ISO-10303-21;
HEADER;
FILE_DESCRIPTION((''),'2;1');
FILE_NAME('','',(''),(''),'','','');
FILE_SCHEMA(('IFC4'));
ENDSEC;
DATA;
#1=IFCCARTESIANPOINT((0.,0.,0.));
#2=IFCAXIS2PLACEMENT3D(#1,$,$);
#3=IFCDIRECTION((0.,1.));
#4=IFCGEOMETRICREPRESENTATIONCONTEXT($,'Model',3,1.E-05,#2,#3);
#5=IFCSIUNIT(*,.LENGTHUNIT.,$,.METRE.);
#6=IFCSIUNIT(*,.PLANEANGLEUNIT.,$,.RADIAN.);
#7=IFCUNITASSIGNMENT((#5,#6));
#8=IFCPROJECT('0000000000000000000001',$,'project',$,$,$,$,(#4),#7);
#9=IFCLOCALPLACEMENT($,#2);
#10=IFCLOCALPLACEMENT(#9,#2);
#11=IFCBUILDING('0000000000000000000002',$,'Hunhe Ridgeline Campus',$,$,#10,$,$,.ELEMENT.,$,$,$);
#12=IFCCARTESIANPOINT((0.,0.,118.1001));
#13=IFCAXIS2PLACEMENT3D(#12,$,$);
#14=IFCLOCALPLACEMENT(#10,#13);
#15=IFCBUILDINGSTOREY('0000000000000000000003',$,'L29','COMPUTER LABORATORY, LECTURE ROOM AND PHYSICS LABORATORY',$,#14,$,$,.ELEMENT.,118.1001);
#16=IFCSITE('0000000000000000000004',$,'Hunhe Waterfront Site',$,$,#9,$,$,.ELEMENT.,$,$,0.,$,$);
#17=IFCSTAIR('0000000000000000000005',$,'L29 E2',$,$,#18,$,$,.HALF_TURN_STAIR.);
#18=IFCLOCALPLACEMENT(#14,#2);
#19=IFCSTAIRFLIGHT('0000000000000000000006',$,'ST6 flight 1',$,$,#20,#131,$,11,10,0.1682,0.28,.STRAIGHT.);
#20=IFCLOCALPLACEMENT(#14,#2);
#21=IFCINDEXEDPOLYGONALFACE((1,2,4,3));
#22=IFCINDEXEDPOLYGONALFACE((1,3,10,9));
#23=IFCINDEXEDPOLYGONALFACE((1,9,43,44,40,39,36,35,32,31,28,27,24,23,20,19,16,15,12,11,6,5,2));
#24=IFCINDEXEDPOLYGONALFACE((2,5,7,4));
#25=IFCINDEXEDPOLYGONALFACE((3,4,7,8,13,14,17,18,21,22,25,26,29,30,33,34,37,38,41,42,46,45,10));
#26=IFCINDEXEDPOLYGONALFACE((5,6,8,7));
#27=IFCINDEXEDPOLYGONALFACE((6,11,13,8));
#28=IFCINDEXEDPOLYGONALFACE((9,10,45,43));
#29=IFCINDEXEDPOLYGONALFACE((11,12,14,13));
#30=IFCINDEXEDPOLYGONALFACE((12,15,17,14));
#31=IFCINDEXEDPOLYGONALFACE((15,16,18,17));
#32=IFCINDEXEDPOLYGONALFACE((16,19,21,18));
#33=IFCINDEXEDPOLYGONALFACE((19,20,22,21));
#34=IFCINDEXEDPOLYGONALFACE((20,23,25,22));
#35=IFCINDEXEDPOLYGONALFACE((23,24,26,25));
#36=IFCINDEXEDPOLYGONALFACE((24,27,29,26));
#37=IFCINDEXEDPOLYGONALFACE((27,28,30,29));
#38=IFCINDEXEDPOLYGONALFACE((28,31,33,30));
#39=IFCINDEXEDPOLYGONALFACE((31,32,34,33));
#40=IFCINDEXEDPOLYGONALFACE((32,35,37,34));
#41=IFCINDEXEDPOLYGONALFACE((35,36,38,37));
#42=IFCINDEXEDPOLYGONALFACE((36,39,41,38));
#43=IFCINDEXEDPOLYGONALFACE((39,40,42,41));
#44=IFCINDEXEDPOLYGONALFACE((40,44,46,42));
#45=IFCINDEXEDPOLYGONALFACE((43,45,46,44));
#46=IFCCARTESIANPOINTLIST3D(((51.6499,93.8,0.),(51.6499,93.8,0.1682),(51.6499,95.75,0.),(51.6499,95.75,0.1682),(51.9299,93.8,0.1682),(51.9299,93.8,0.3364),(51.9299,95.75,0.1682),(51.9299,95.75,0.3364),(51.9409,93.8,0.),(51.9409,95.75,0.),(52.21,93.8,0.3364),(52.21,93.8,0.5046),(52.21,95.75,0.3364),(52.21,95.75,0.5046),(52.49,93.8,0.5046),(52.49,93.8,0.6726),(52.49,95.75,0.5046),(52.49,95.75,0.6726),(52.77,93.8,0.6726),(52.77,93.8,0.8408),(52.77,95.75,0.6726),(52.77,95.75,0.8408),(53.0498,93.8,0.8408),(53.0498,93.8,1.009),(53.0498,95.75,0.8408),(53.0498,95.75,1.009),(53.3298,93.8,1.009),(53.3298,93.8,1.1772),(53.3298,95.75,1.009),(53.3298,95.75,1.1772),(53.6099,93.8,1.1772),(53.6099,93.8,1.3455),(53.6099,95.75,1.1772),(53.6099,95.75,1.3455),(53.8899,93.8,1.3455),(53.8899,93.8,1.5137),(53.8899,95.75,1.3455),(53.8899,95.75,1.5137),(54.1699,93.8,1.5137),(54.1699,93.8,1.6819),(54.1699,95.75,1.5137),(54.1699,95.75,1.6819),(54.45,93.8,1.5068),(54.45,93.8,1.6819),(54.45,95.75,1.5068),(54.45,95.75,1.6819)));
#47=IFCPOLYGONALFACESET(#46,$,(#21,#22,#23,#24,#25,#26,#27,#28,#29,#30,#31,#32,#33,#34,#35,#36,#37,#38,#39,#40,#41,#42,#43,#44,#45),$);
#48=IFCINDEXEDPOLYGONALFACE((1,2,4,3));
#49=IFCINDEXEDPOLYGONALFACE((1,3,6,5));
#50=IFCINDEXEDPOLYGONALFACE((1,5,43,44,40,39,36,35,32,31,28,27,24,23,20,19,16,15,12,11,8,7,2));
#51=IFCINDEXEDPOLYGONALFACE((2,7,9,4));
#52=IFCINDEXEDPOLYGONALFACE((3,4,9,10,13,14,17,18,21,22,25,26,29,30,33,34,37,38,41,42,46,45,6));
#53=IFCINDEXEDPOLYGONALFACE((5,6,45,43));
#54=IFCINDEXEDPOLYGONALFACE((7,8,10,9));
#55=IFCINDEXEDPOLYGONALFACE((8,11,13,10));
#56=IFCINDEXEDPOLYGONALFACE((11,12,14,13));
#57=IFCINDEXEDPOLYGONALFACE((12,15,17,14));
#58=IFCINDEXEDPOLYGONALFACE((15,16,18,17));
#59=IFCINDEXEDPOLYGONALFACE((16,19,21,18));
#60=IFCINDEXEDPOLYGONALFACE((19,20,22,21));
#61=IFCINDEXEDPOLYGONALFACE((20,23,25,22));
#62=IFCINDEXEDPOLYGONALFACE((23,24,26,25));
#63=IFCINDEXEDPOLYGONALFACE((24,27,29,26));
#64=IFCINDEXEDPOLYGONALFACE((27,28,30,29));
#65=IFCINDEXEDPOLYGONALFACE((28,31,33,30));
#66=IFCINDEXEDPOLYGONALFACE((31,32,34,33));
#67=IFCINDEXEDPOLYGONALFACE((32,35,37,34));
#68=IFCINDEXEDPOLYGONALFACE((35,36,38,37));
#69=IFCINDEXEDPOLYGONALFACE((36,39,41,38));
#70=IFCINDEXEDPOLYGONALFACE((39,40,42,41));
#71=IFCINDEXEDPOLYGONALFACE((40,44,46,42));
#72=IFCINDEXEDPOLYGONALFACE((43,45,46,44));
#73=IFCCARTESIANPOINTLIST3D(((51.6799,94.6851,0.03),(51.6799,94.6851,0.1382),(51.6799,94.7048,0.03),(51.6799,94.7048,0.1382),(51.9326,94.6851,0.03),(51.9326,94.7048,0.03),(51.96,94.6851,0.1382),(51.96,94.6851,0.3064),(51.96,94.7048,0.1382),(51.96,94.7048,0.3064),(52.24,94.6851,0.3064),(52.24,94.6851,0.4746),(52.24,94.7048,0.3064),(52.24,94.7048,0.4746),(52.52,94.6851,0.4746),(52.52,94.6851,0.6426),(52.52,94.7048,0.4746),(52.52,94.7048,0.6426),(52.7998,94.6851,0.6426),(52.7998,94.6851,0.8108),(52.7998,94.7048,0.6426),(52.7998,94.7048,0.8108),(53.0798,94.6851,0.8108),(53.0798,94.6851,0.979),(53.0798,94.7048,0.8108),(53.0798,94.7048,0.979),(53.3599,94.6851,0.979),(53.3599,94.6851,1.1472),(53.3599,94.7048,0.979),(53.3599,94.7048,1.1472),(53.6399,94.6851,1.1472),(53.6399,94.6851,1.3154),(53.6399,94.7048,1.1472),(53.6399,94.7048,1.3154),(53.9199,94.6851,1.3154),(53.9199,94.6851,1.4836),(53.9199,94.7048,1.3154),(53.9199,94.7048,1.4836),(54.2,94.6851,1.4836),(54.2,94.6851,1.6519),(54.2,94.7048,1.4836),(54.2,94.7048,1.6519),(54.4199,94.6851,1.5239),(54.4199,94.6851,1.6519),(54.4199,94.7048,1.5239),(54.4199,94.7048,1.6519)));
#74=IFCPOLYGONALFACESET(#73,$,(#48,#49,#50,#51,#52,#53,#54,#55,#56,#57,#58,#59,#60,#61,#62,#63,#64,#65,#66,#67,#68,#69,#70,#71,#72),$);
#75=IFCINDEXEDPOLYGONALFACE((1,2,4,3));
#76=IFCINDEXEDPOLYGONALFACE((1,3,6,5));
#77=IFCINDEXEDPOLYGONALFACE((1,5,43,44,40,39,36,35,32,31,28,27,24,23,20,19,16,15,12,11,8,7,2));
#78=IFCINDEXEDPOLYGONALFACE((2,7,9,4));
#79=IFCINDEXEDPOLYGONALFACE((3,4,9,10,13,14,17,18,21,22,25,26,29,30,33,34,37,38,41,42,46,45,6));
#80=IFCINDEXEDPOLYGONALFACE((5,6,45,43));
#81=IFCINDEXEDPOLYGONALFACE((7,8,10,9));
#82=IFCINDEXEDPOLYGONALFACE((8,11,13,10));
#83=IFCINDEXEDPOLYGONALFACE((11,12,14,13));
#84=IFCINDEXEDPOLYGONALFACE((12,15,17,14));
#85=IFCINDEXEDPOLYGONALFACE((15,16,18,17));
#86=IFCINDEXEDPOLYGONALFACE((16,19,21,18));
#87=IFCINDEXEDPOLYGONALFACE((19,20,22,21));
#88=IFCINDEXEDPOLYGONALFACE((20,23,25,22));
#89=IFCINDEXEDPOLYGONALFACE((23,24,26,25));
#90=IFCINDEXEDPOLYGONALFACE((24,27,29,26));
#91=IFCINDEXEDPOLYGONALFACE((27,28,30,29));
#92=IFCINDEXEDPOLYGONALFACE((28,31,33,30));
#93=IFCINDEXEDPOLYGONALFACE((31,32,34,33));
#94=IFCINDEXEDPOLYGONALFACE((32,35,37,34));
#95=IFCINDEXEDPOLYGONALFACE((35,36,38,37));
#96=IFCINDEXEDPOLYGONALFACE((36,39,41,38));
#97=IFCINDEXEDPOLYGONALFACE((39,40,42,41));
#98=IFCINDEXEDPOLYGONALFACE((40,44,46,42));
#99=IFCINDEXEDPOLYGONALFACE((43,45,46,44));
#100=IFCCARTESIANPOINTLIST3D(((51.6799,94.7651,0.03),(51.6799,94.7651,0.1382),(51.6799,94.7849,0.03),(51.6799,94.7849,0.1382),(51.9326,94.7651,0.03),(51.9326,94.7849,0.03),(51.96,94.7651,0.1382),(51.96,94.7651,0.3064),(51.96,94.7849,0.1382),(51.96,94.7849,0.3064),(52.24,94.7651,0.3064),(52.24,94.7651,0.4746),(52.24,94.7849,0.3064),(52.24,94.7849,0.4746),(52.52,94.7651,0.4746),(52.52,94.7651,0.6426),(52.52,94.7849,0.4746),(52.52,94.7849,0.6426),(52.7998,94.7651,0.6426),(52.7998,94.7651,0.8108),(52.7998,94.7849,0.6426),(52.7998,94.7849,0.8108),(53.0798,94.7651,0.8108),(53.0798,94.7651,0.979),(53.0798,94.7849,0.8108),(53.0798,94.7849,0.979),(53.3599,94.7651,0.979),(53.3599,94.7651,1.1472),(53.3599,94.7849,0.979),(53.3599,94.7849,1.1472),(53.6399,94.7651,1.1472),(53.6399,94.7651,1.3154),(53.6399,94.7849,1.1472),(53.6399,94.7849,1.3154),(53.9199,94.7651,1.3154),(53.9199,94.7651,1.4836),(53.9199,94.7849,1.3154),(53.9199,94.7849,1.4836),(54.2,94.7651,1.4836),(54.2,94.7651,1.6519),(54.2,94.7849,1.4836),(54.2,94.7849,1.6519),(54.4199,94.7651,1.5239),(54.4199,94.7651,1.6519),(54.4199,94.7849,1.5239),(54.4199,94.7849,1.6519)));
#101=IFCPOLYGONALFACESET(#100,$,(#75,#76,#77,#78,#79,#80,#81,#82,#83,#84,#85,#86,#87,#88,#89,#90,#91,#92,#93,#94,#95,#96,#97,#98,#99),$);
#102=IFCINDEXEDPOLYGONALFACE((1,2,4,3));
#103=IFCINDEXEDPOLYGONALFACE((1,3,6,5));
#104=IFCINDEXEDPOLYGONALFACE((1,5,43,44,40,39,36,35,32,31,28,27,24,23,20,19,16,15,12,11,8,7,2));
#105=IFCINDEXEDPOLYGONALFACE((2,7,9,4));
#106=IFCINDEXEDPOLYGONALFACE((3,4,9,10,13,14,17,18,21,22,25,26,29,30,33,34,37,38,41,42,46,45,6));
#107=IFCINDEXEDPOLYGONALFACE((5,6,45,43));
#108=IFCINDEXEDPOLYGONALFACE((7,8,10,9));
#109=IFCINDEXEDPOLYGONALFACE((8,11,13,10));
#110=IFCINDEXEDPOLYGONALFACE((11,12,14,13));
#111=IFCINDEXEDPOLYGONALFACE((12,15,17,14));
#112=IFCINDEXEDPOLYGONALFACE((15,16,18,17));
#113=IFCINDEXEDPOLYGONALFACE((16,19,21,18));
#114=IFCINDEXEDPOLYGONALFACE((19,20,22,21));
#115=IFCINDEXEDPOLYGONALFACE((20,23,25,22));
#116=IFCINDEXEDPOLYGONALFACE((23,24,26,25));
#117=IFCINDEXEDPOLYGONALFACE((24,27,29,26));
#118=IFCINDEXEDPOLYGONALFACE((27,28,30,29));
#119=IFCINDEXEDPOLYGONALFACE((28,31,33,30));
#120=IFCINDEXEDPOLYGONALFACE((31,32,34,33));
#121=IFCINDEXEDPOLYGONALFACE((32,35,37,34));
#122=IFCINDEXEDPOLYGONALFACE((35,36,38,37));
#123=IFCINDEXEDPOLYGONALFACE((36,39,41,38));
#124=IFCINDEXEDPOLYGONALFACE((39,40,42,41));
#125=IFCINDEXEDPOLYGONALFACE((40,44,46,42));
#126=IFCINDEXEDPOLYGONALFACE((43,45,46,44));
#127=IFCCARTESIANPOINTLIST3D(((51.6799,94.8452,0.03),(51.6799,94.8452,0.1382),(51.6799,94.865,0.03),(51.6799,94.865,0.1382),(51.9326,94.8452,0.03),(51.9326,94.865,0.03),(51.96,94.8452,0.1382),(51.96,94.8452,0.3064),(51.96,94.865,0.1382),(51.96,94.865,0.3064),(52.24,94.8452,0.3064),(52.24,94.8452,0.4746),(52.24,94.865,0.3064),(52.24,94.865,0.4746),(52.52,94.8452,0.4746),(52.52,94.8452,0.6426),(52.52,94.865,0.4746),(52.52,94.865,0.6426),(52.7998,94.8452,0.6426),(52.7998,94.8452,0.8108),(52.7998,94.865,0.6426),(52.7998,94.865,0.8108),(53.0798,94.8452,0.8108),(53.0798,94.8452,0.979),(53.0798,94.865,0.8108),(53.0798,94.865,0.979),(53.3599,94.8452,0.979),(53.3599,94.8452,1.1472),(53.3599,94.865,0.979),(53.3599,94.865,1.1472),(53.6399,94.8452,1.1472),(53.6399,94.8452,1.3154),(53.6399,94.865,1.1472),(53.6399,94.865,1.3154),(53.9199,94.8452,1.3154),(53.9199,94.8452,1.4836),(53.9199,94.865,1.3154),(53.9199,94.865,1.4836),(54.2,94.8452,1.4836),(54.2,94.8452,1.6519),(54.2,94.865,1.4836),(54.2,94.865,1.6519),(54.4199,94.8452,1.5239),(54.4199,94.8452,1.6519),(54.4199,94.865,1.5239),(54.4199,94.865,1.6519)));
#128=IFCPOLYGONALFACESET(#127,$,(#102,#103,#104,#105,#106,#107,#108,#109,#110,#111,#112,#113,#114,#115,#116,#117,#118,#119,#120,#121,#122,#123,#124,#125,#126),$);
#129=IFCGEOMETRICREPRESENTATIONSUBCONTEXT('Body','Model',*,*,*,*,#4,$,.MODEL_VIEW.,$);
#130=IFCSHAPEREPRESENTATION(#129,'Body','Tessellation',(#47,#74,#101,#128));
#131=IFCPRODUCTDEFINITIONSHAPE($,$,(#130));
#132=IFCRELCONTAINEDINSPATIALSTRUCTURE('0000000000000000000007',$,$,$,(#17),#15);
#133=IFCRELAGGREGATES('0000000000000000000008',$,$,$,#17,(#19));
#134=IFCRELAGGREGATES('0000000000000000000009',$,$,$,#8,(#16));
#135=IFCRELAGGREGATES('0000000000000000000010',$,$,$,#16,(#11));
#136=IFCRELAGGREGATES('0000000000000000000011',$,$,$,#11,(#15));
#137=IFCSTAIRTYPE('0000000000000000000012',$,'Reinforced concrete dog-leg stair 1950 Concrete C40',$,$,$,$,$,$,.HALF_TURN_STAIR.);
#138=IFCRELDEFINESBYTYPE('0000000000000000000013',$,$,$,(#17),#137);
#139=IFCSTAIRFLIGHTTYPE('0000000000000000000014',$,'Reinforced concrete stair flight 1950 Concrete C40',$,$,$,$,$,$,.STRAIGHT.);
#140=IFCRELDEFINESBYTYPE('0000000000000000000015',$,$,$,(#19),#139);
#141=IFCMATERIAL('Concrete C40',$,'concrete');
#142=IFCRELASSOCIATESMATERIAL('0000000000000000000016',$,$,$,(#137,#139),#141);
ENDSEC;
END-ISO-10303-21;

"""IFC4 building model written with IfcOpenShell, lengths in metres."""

from ifc_helpers import new_model, si_unit, direction, frame, origin, place, context, subcontext, project, spatial, polyline, outline, extrude, material, type_object, element, aggregate, save


model = new_model("IFC4")

# Units and contexts
model_context = context("Model", 3, precision=1e-05, world=origin(), true_north=direction((0.0, 1.0)))
body_context = subcontext(model_context, "Body", "Model", "MODEL_VIEW")
ifc_project = project(units=[si_unit("LENGTHUNIT", "METRE"), si_unit("PLANEANGLEUNIT", "RADIAN")], contexts=[model_context])

# Site, building, storey
site_placement = place(None, origin())
site = spatial("IfcSite", under=ifc_project, at=site_placement, Name="Hunhe Waterfront Site", CompositionType="ELEMENT", RefElevation=0.0)
building_placement = place(site_placement, origin())
building = spatial("IfcBuilding", under=site, at=building_placement, Name="Hunhe Ridgeline Campus", CompositionType="ELEMENT")
storey_placement = place(building_placement, frame((0.0, 0.0, 118.1001)))
storey = spatial("IfcBuildingStorey", under=building, at=storey_placement, Name="L29", Description="COMPUTER LABORATORY, LECTURE ROOM AND PHYSICS LABORATORY", CompositionType="ELEMENT", Elevation=118.1001)

# Stair, stair flight
ifc_material_1 = material(Name="Concrete C40", Category="concrete")
stair_type = type_object("IfcStairType", Name="Reinforced concrete dog-leg stair 1950 Concrete C40", PredefinedType="HALF_TURN_STAIR", material=ifc_material_1)
stair_1_placement = place(storey_placement, origin())
stair_1 = element("IfcStair", 1, at=stair_1_placement, inside=storey, type_object=stair_type, Name="L29 E2", PredefinedType="HALF_TURN_STAIR")
stair_flight_type = type_object("IfcStairFlightType", Name="Reinforced concrete stair flight 1950 Concrete C40", PredefinedType="STRAIGHT", material=ifc_material_1)
stair_flight_1_placement = place(storey_placement, frame((51.6499, 94.7749, 0.0), z_axis=(0.0, 0.0, 1.0), x_axis=(1.0, 0.0, 0.0)))
stair_flight_1 = element("IfcStairFlight", 2, at=stair_flight_1_placement, type_object=stair_flight_type, Name="ST6 flight 1", NumberOfRisers=11, NumberOfTreads=10, PredefinedType="STRAIGHT", RiserHeight=0.1682, TreadLength=0.28, context=body_context, shape_type="SweptSolid", body=[
    extrude(outline(polyline([(0.0, 0.0), (0.0, 0.1682), (0.28, 0.1682), (0.28, 0.3364), (0.5601, 0.3364), (0.5601, 0.5046), (0.8401, 0.5046), (0.8401, 0.6726), (1.1201, 0.6726), (1.1201, 0.8408), (1.3999, 0.8408), (1.3999, 1.009), (1.6799, 1.009), (1.6799, 1.1772), (1.96, 1.1772), (1.96, 1.3455), (2.24, 1.3455), (2.24, 1.5137), (2.52, 1.5137), (2.52, 1.6819), (2.8, 1.6819), (2.8, 1.8501), (2.8, 1.5068), (0.291, 0.0), (0.0, 0.0)])), frame((0.0, 0.9751, 0.0), z_axis=(0.0, -1.0, 0.0), x_axis=(1.0, 0.0, 0.0)), (0.0, 0.0, 1.0), 1.95),
    extrude(outline(polyline([(0.03, 0.03), (0.03, 0.1382), (0.3101, 0.1382), (0.3101, 0.3064), (0.5901, 0.3064), (0.5901, 0.4746), (0.8701, 0.4746), (0.8701, 0.6426), (1.1499, 0.6426), (1.1499, 0.8108), (1.4299, 0.8108), (1.4299, 0.979), (1.71, 0.979), (1.71, 1.1472), (1.99, 1.1472), (1.99, 1.3154), (2.27, 1.3154), (2.27, 1.4836), (2.55, 1.4836), (2.55, 1.6519), (2.77, 1.6519), (2.77, 1.5239), (0.2827, 0.03), (0.03, 0.03)])), frame((0.0, -0.0701, 0.0), z_axis=(0.0, -1.0, 0.0), x_axis=(1.0, 0.0, 0.0)), (0.0, 0.0, 1.0), 0.0198),
    extrude(outline(polyline([(0.03, 0.03), (0.03, 0.1382), (0.3101, 0.1382), (0.3101, 0.3064), (0.5901, 0.3064), (0.5901, 0.4746), (0.8701, 0.4746), (0.8701, 0.6426), (1.1499, 0.6426), (1.1499, 0.8108), (1.4299, 0.8108), (1.4299, 0.979), (1.71, 0.979), (1.71, 1.1472), (1.99, 1.1472), (1.99, 1.3154), (2.27, 1.3154), (2.27, 1.4836), (2.55, 1.4836), (2.55, 1.6519), (2.77, 1.6519), (2.77, 1.5239), (0.2827, 0.03), (0.03, 0.03)])), frame((0.0, 0.01, 0.0), z_axis=(0.0, -1.0, 0.0), x_axis=(1.0, 0.0, 0.0)), (0.0, 0.0, 1.0), 0.0198),
    extrude(outline(polyline([(0.03, 0.03), (0.03, 0.1382), (0.3101, 0.1382), (0.3101, 0.3064), (0.5901, 0.3064), (0.5901, 0.4746), (0.8701, 0.4746), (0.8701, 0.6426), (1.1499, 0.6426), (1.1499, 0.8108), (1.4299, 0.8108), (1.4299, 0.979), (1.71, 0.979), (1.71, 1.1472), (1.99, 1.1472), (1.99, 1.3154), (2.27, 1.3154), (2.27, 1.4836), (2.55, 1.4836), (2.55, 1.6519), (2.77, 1.6519), (2.77, 1.5239), (0.2827, 0.03), (0.03, 0.03)])), frame((0.0, 0.0901, 0.0), z_axis=(0.0, -1.0, 0.0), x_axis=(1.0, 0.0, 0.0)), (0.0, 0.0, 1.0), 0.0198),
])
aggregate(stair_1, [stair_flight_1])

save(model, "model.ifc")
